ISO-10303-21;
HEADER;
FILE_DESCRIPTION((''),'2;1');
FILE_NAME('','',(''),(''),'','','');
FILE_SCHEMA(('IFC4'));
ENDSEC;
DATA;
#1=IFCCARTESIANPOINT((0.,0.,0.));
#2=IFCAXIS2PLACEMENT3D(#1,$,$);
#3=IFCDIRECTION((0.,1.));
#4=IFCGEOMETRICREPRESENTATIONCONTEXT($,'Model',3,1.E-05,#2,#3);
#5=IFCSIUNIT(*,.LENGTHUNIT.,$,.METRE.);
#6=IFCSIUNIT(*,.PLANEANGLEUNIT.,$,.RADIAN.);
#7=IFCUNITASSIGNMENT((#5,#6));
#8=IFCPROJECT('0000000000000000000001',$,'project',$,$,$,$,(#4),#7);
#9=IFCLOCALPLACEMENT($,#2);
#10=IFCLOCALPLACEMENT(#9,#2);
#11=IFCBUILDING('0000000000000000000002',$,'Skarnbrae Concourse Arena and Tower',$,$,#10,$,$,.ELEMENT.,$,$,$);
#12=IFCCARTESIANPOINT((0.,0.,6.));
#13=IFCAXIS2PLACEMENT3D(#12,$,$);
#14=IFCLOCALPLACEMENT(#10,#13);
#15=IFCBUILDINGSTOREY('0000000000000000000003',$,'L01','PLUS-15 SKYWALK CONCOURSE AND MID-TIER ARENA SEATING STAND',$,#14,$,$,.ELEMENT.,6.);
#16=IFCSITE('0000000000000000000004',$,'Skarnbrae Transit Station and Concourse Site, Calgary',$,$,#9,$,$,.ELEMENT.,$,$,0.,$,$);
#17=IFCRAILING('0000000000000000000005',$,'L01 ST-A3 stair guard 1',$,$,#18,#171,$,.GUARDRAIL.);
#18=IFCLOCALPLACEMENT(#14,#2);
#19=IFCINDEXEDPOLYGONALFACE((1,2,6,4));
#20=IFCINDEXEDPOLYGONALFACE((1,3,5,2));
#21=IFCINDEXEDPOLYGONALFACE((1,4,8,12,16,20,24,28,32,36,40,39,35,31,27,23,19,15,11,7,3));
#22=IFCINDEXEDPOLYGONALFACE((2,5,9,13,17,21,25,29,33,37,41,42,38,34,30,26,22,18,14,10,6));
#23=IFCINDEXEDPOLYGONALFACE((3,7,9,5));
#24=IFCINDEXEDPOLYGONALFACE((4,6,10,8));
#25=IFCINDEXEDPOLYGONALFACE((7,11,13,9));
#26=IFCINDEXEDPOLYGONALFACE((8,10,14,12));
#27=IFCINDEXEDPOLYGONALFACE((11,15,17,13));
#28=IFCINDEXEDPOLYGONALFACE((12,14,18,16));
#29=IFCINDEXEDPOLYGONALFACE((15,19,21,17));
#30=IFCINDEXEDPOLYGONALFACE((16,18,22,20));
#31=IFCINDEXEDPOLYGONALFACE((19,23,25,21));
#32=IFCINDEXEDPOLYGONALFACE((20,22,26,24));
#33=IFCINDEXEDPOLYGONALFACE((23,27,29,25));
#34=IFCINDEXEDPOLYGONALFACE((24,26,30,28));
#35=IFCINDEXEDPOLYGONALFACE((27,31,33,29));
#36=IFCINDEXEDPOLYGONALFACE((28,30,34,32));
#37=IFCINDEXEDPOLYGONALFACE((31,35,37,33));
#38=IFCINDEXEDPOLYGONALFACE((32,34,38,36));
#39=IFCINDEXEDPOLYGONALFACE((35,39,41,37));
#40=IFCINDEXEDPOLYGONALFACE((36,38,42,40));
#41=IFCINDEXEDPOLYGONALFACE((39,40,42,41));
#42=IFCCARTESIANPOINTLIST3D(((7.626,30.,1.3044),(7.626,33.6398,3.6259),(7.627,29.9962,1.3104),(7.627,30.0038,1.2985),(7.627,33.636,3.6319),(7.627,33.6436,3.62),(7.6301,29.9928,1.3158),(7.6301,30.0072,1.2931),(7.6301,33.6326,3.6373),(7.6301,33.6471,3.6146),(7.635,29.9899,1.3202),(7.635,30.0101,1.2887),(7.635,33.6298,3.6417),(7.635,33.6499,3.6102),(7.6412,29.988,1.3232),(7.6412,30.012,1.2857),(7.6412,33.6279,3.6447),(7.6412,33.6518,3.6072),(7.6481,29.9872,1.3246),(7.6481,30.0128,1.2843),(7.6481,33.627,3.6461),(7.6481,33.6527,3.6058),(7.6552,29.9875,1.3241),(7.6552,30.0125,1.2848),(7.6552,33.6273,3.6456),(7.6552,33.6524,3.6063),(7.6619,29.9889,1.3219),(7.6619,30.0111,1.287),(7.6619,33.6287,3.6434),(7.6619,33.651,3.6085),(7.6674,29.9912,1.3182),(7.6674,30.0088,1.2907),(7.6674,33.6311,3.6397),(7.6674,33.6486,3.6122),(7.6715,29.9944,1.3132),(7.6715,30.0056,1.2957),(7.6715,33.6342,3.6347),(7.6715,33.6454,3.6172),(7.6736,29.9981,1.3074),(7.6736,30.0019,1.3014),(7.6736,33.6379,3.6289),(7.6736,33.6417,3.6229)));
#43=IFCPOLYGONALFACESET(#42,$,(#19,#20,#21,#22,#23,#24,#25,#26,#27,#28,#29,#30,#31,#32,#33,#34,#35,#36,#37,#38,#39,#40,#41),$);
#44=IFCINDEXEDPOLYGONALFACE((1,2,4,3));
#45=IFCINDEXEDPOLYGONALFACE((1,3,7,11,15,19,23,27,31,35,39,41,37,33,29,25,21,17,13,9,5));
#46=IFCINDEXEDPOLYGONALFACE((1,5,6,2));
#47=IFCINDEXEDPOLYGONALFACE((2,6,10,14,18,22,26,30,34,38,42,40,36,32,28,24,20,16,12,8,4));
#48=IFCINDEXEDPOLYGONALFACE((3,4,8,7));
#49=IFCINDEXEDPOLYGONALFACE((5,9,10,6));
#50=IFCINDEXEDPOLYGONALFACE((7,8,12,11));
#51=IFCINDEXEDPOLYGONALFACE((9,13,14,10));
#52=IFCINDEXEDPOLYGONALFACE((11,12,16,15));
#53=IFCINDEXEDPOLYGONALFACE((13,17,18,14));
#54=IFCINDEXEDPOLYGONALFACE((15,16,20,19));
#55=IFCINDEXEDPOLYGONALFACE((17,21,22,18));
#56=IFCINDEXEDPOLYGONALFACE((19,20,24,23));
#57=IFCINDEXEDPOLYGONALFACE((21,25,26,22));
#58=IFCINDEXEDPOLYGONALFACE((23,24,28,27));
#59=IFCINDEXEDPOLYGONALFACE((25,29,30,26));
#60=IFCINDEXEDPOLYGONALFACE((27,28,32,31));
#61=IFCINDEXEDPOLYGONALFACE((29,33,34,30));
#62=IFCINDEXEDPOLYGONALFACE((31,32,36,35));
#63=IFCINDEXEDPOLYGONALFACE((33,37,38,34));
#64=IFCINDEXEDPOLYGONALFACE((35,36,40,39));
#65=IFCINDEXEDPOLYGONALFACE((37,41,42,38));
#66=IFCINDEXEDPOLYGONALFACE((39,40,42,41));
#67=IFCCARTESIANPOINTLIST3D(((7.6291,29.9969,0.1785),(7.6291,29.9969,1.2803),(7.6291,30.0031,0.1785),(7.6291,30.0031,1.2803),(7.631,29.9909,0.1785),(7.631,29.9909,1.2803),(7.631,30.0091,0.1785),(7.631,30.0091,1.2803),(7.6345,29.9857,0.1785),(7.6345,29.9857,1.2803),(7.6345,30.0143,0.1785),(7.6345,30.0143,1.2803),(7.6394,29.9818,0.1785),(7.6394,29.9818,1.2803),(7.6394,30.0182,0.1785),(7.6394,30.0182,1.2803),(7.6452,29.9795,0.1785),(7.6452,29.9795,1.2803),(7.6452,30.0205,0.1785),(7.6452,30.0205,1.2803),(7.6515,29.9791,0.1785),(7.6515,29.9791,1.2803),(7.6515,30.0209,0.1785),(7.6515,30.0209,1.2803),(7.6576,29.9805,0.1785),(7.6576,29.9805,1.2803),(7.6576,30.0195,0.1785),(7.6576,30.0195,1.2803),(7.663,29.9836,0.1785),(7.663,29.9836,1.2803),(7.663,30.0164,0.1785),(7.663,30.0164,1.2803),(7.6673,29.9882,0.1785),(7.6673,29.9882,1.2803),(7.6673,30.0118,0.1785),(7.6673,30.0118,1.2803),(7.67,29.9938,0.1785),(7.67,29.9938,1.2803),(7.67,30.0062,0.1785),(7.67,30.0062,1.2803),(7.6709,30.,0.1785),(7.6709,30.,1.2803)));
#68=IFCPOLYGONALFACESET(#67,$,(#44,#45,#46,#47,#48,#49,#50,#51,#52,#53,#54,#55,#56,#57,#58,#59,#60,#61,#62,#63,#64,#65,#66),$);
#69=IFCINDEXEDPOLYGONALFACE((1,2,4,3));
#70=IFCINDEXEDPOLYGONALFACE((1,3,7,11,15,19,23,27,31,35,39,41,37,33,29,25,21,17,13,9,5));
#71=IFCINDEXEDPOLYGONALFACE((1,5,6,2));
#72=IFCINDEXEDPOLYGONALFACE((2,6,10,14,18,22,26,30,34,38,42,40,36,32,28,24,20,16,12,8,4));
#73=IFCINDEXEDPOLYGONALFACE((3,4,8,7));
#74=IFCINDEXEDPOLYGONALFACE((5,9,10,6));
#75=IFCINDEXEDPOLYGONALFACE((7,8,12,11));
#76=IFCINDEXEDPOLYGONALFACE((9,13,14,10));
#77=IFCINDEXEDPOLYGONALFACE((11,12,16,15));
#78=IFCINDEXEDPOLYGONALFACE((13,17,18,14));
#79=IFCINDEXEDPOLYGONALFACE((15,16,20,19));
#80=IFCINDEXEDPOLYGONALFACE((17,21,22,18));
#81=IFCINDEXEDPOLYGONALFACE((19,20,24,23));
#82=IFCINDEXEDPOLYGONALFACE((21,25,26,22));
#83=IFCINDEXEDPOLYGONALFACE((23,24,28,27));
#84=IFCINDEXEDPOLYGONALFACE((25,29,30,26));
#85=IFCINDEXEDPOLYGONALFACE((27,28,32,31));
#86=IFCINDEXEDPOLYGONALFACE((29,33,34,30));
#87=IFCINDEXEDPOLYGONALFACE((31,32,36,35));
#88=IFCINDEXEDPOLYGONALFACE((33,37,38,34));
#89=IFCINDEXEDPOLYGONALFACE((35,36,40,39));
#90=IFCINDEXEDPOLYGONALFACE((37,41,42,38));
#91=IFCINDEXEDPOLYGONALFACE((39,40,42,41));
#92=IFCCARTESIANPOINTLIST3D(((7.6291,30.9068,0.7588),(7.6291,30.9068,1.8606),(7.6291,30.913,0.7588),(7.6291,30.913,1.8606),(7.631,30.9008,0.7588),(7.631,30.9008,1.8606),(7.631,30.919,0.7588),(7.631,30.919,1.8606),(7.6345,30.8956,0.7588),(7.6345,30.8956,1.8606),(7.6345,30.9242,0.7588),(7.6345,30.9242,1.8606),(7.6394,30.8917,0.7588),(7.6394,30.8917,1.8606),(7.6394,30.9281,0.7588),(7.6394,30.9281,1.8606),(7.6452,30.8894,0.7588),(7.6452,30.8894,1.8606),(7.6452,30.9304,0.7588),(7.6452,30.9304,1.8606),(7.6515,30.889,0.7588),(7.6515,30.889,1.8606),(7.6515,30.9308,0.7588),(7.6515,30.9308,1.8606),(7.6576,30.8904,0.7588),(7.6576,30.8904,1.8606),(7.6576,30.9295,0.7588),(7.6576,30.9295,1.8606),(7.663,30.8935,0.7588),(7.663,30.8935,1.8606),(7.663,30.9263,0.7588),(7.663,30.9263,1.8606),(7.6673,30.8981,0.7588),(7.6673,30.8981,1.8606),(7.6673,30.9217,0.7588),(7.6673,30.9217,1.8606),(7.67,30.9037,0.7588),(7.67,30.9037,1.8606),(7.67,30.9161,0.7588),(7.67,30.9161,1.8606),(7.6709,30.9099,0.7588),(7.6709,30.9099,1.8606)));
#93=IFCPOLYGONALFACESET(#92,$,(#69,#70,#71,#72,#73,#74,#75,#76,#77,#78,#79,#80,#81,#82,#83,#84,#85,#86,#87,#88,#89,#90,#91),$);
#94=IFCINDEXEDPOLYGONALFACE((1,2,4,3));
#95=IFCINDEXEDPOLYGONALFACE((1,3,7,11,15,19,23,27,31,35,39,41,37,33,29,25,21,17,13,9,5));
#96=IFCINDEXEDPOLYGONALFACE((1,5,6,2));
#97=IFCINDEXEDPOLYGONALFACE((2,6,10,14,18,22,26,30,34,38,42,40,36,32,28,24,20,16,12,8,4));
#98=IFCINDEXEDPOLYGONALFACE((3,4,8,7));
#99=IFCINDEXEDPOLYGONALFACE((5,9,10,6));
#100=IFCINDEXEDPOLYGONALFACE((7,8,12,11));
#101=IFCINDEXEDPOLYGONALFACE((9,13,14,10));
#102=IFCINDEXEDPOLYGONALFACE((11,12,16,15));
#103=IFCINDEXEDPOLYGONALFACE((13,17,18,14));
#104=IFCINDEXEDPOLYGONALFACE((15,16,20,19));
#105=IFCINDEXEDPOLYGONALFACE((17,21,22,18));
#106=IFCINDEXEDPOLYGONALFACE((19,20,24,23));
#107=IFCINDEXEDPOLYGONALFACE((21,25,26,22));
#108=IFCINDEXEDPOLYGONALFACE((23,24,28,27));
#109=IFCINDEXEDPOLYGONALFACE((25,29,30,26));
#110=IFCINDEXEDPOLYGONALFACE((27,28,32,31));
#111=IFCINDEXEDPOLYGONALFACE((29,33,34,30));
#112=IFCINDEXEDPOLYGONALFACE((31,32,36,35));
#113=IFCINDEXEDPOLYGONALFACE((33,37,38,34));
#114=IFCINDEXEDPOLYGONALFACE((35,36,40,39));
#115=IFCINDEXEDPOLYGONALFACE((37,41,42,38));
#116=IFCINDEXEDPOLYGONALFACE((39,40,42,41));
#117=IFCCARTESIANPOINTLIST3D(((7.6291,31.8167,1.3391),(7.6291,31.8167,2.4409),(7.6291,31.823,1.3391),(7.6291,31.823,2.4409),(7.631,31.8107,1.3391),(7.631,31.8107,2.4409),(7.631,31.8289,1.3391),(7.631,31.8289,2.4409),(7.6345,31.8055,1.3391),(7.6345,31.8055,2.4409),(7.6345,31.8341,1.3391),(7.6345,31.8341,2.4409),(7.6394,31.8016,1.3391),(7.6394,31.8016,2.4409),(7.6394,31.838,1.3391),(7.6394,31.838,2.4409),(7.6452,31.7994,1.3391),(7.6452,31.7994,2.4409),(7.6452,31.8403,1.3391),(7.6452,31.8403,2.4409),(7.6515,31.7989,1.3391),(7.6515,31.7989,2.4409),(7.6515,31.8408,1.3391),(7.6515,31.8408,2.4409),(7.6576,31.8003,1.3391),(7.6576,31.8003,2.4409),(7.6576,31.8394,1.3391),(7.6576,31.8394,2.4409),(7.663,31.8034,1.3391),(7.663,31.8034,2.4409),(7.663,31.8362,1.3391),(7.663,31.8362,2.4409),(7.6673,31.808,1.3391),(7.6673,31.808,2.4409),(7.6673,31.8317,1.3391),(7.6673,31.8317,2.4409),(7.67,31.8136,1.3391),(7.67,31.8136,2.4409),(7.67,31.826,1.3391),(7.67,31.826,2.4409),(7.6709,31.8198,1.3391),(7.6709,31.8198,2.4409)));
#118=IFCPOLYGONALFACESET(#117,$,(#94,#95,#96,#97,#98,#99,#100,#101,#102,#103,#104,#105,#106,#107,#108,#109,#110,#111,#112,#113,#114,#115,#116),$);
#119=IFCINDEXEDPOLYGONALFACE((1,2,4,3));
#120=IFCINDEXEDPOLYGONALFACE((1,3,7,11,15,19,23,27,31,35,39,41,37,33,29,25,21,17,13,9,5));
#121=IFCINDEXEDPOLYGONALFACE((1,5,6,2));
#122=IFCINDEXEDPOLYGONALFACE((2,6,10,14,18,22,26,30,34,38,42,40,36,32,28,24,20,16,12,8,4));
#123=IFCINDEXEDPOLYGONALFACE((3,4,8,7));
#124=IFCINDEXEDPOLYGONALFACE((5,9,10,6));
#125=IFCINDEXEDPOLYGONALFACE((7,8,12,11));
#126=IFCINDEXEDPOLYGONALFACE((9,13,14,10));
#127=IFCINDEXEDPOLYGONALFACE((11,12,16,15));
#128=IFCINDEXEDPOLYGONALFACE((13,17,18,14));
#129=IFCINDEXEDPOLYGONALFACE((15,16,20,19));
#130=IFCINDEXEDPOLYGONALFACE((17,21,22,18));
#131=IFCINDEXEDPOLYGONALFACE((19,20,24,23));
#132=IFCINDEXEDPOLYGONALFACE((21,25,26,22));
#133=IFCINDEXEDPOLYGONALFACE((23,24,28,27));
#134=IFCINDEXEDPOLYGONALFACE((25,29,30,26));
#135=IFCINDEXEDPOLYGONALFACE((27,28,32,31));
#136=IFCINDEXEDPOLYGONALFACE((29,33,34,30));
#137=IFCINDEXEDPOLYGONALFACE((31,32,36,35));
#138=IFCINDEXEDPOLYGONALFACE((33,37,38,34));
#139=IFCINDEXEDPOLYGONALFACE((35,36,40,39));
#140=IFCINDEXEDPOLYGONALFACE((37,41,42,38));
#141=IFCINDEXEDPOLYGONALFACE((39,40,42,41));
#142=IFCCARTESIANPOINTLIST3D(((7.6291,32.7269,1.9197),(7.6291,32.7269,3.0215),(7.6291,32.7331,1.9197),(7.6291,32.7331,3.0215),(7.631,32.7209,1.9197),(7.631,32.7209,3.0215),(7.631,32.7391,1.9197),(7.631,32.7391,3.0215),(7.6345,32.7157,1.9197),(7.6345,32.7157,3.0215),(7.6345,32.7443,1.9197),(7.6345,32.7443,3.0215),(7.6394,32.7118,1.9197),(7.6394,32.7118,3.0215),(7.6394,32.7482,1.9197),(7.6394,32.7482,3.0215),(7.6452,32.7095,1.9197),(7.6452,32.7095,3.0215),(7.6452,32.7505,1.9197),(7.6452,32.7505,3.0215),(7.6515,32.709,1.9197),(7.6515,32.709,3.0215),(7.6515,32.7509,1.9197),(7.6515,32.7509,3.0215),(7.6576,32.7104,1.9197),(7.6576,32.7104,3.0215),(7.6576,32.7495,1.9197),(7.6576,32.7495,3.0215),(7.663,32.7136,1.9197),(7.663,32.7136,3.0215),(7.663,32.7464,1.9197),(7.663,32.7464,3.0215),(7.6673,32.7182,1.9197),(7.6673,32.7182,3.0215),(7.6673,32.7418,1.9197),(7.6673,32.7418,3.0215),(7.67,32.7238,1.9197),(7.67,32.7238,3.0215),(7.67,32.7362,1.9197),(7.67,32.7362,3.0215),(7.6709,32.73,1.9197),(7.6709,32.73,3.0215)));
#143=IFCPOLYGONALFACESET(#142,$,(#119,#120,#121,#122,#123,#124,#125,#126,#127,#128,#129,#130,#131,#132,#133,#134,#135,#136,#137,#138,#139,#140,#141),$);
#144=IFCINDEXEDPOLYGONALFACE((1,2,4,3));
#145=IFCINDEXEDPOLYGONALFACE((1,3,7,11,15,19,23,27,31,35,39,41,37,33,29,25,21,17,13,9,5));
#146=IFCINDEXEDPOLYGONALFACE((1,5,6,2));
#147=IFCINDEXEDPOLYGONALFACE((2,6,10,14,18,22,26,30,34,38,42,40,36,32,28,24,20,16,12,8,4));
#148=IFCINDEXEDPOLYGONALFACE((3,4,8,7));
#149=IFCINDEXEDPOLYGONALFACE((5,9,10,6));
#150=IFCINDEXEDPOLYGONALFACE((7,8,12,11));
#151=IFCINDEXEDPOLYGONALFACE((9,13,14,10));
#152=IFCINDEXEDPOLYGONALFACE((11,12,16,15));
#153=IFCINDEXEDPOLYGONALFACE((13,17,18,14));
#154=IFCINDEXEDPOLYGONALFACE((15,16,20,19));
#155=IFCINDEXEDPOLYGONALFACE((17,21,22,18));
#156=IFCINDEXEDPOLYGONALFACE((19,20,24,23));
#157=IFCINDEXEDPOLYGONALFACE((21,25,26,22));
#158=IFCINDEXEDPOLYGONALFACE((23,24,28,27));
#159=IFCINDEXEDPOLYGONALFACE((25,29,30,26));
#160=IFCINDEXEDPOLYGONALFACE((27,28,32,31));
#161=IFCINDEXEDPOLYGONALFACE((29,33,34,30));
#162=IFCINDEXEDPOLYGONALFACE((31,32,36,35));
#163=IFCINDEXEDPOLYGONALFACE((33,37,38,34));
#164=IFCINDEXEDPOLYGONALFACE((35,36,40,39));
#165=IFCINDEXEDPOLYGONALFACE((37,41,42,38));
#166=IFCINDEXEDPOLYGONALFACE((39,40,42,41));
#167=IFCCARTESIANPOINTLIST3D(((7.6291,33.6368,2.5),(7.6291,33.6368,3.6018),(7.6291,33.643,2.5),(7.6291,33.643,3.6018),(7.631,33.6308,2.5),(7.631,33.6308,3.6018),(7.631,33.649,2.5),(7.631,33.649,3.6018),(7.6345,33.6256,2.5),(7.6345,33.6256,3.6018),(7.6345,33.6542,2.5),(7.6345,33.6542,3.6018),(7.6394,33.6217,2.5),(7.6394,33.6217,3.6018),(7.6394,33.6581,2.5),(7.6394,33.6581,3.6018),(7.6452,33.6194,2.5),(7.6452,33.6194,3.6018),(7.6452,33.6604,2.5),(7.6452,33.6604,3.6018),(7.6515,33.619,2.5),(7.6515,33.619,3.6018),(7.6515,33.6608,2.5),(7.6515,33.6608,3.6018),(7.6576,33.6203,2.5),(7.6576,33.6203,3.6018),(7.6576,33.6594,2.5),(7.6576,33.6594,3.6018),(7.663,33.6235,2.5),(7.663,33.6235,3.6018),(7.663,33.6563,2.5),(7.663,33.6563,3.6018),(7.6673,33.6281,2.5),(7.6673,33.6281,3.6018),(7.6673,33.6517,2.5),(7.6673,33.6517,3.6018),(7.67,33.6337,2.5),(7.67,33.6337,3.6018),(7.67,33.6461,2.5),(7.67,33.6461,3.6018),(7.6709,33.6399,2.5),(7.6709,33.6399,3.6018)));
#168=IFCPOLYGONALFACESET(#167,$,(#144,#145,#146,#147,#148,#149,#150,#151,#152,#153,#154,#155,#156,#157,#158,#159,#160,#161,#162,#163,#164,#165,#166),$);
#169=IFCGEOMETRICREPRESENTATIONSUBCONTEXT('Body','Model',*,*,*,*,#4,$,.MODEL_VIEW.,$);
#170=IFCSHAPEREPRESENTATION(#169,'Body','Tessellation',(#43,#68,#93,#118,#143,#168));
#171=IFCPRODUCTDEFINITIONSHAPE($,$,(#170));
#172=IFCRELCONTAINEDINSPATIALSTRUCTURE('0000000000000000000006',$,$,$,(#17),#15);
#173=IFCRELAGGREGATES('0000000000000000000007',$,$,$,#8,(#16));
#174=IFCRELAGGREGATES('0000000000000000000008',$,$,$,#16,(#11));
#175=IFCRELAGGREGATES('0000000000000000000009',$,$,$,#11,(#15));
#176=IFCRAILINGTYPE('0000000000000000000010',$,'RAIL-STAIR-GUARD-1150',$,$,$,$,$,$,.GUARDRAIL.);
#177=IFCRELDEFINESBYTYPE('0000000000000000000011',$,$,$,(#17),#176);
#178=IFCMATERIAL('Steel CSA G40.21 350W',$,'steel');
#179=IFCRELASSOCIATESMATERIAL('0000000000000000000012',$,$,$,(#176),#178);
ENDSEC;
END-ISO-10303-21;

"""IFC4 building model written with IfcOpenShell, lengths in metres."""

from ifc_helpers import new_model, si_unit, direction, frame, origin, origin_2d, place, context, subcontext, project, spatial, circle, extrude, material, type_object, element, save


model = new_model("IFC4")

# Units and contexts
model_context = context("Model", 3, precision=1e-05, world=origin(), true_north=direction((0.0, 1.0)))
body_context = subcontext(model_context, "Body", "Model", "MODEL_VIEW")
ifc_project = project(units=[si_unit("LENGTHUNIT", "METRE"), si_unit("PLANEANGLEUNIT", "RADIAN")], contexts=[model_context])

# Site, building, storey
site_placement = place(None, origin())
site = spatial("IfcSite", under=ifc_project, at=site_placement, Name="Skarnbrae Transit Station and Concourse Site, Calgary", CompositionType="ELEMENT", RefElevation=0.0)
building_placement = place(site_placement, origin())
building = spatial("IfcBuilding", under=site, at=building_placement, Name="Skarnbrae Concourse Arena and Tower", CompositionType="ELEMENT")
storey_placement = place(building_placement, frame((0.0, 0.0, 6.0)))
storey = spatial("IfcBuildingStorey", under=building, at=storey_placement, Name="L01", Description="PLUS-15 SKYWALK CONCOURSE AND MID-TIER ARENA SEATING STAND", CompositionType="ELEMENT", Elevation=6.0)

# Shared definitions
ifc_material_1 = material(Name="Steel CSA G40.21 350W", Category="steel")

# Railing
railing_type_1 = type_object("IfcRailingType", Name="RAIL-STAIR-GUARD-1150", PredefinedType="GUARDRAIL", material=ifc_material_1)
railing_1_placement = place(storey_placement, frame((7.6499, 30.0, 0.1785)))
element("IfcRailing", 1, at=railing_1_placement, inside=storey, type_object=railing_type_1, Name="L01 ST-A3 stair guard 1", PredefinedType="GUARDRAIL", context=body_context, shape_type="SweptSolid", body=[
    extrude(circle(Radius=0.0239, at=origin_2d()), frame((0.0, 0.0, 1.126), z_axis=(0.0, 0.843112, 0.537739), x_axis=(-1.0, 0.0, 0.0)), (0.0, 0.0, 1.0), 4.3171),
    extrude(circle(Radius=0.021, at=origin_2d()), origin(), (0.0, 0.0, 1.0), 1.1018),
    extrude(circle(Radius=0.021, at=origin_2d()), frame((0.0, 0.9099, 0.5803)), (0.0, 0.0, 1.0), 1.1018),
    extrude(circle(Radius=0.021, at=origin_2d()), frame((0.0, 1.8198, 1.1606)), (0.0, 0.0, 1.0), 1.1018),
    extrude(circle(Radius=0.021, at=origin_2d()), frame((0.0, 2.73, 1.7412)), (0.0, 0.0, 1.0), 1.1018),
    extrude(circle(Radius=0.021, at=origin_2d()), frame((0.0, 3.6399, 2.3215)), (0.0, 0.0, 1.0), 1.1018),
])

save(model, "model.ifc")
